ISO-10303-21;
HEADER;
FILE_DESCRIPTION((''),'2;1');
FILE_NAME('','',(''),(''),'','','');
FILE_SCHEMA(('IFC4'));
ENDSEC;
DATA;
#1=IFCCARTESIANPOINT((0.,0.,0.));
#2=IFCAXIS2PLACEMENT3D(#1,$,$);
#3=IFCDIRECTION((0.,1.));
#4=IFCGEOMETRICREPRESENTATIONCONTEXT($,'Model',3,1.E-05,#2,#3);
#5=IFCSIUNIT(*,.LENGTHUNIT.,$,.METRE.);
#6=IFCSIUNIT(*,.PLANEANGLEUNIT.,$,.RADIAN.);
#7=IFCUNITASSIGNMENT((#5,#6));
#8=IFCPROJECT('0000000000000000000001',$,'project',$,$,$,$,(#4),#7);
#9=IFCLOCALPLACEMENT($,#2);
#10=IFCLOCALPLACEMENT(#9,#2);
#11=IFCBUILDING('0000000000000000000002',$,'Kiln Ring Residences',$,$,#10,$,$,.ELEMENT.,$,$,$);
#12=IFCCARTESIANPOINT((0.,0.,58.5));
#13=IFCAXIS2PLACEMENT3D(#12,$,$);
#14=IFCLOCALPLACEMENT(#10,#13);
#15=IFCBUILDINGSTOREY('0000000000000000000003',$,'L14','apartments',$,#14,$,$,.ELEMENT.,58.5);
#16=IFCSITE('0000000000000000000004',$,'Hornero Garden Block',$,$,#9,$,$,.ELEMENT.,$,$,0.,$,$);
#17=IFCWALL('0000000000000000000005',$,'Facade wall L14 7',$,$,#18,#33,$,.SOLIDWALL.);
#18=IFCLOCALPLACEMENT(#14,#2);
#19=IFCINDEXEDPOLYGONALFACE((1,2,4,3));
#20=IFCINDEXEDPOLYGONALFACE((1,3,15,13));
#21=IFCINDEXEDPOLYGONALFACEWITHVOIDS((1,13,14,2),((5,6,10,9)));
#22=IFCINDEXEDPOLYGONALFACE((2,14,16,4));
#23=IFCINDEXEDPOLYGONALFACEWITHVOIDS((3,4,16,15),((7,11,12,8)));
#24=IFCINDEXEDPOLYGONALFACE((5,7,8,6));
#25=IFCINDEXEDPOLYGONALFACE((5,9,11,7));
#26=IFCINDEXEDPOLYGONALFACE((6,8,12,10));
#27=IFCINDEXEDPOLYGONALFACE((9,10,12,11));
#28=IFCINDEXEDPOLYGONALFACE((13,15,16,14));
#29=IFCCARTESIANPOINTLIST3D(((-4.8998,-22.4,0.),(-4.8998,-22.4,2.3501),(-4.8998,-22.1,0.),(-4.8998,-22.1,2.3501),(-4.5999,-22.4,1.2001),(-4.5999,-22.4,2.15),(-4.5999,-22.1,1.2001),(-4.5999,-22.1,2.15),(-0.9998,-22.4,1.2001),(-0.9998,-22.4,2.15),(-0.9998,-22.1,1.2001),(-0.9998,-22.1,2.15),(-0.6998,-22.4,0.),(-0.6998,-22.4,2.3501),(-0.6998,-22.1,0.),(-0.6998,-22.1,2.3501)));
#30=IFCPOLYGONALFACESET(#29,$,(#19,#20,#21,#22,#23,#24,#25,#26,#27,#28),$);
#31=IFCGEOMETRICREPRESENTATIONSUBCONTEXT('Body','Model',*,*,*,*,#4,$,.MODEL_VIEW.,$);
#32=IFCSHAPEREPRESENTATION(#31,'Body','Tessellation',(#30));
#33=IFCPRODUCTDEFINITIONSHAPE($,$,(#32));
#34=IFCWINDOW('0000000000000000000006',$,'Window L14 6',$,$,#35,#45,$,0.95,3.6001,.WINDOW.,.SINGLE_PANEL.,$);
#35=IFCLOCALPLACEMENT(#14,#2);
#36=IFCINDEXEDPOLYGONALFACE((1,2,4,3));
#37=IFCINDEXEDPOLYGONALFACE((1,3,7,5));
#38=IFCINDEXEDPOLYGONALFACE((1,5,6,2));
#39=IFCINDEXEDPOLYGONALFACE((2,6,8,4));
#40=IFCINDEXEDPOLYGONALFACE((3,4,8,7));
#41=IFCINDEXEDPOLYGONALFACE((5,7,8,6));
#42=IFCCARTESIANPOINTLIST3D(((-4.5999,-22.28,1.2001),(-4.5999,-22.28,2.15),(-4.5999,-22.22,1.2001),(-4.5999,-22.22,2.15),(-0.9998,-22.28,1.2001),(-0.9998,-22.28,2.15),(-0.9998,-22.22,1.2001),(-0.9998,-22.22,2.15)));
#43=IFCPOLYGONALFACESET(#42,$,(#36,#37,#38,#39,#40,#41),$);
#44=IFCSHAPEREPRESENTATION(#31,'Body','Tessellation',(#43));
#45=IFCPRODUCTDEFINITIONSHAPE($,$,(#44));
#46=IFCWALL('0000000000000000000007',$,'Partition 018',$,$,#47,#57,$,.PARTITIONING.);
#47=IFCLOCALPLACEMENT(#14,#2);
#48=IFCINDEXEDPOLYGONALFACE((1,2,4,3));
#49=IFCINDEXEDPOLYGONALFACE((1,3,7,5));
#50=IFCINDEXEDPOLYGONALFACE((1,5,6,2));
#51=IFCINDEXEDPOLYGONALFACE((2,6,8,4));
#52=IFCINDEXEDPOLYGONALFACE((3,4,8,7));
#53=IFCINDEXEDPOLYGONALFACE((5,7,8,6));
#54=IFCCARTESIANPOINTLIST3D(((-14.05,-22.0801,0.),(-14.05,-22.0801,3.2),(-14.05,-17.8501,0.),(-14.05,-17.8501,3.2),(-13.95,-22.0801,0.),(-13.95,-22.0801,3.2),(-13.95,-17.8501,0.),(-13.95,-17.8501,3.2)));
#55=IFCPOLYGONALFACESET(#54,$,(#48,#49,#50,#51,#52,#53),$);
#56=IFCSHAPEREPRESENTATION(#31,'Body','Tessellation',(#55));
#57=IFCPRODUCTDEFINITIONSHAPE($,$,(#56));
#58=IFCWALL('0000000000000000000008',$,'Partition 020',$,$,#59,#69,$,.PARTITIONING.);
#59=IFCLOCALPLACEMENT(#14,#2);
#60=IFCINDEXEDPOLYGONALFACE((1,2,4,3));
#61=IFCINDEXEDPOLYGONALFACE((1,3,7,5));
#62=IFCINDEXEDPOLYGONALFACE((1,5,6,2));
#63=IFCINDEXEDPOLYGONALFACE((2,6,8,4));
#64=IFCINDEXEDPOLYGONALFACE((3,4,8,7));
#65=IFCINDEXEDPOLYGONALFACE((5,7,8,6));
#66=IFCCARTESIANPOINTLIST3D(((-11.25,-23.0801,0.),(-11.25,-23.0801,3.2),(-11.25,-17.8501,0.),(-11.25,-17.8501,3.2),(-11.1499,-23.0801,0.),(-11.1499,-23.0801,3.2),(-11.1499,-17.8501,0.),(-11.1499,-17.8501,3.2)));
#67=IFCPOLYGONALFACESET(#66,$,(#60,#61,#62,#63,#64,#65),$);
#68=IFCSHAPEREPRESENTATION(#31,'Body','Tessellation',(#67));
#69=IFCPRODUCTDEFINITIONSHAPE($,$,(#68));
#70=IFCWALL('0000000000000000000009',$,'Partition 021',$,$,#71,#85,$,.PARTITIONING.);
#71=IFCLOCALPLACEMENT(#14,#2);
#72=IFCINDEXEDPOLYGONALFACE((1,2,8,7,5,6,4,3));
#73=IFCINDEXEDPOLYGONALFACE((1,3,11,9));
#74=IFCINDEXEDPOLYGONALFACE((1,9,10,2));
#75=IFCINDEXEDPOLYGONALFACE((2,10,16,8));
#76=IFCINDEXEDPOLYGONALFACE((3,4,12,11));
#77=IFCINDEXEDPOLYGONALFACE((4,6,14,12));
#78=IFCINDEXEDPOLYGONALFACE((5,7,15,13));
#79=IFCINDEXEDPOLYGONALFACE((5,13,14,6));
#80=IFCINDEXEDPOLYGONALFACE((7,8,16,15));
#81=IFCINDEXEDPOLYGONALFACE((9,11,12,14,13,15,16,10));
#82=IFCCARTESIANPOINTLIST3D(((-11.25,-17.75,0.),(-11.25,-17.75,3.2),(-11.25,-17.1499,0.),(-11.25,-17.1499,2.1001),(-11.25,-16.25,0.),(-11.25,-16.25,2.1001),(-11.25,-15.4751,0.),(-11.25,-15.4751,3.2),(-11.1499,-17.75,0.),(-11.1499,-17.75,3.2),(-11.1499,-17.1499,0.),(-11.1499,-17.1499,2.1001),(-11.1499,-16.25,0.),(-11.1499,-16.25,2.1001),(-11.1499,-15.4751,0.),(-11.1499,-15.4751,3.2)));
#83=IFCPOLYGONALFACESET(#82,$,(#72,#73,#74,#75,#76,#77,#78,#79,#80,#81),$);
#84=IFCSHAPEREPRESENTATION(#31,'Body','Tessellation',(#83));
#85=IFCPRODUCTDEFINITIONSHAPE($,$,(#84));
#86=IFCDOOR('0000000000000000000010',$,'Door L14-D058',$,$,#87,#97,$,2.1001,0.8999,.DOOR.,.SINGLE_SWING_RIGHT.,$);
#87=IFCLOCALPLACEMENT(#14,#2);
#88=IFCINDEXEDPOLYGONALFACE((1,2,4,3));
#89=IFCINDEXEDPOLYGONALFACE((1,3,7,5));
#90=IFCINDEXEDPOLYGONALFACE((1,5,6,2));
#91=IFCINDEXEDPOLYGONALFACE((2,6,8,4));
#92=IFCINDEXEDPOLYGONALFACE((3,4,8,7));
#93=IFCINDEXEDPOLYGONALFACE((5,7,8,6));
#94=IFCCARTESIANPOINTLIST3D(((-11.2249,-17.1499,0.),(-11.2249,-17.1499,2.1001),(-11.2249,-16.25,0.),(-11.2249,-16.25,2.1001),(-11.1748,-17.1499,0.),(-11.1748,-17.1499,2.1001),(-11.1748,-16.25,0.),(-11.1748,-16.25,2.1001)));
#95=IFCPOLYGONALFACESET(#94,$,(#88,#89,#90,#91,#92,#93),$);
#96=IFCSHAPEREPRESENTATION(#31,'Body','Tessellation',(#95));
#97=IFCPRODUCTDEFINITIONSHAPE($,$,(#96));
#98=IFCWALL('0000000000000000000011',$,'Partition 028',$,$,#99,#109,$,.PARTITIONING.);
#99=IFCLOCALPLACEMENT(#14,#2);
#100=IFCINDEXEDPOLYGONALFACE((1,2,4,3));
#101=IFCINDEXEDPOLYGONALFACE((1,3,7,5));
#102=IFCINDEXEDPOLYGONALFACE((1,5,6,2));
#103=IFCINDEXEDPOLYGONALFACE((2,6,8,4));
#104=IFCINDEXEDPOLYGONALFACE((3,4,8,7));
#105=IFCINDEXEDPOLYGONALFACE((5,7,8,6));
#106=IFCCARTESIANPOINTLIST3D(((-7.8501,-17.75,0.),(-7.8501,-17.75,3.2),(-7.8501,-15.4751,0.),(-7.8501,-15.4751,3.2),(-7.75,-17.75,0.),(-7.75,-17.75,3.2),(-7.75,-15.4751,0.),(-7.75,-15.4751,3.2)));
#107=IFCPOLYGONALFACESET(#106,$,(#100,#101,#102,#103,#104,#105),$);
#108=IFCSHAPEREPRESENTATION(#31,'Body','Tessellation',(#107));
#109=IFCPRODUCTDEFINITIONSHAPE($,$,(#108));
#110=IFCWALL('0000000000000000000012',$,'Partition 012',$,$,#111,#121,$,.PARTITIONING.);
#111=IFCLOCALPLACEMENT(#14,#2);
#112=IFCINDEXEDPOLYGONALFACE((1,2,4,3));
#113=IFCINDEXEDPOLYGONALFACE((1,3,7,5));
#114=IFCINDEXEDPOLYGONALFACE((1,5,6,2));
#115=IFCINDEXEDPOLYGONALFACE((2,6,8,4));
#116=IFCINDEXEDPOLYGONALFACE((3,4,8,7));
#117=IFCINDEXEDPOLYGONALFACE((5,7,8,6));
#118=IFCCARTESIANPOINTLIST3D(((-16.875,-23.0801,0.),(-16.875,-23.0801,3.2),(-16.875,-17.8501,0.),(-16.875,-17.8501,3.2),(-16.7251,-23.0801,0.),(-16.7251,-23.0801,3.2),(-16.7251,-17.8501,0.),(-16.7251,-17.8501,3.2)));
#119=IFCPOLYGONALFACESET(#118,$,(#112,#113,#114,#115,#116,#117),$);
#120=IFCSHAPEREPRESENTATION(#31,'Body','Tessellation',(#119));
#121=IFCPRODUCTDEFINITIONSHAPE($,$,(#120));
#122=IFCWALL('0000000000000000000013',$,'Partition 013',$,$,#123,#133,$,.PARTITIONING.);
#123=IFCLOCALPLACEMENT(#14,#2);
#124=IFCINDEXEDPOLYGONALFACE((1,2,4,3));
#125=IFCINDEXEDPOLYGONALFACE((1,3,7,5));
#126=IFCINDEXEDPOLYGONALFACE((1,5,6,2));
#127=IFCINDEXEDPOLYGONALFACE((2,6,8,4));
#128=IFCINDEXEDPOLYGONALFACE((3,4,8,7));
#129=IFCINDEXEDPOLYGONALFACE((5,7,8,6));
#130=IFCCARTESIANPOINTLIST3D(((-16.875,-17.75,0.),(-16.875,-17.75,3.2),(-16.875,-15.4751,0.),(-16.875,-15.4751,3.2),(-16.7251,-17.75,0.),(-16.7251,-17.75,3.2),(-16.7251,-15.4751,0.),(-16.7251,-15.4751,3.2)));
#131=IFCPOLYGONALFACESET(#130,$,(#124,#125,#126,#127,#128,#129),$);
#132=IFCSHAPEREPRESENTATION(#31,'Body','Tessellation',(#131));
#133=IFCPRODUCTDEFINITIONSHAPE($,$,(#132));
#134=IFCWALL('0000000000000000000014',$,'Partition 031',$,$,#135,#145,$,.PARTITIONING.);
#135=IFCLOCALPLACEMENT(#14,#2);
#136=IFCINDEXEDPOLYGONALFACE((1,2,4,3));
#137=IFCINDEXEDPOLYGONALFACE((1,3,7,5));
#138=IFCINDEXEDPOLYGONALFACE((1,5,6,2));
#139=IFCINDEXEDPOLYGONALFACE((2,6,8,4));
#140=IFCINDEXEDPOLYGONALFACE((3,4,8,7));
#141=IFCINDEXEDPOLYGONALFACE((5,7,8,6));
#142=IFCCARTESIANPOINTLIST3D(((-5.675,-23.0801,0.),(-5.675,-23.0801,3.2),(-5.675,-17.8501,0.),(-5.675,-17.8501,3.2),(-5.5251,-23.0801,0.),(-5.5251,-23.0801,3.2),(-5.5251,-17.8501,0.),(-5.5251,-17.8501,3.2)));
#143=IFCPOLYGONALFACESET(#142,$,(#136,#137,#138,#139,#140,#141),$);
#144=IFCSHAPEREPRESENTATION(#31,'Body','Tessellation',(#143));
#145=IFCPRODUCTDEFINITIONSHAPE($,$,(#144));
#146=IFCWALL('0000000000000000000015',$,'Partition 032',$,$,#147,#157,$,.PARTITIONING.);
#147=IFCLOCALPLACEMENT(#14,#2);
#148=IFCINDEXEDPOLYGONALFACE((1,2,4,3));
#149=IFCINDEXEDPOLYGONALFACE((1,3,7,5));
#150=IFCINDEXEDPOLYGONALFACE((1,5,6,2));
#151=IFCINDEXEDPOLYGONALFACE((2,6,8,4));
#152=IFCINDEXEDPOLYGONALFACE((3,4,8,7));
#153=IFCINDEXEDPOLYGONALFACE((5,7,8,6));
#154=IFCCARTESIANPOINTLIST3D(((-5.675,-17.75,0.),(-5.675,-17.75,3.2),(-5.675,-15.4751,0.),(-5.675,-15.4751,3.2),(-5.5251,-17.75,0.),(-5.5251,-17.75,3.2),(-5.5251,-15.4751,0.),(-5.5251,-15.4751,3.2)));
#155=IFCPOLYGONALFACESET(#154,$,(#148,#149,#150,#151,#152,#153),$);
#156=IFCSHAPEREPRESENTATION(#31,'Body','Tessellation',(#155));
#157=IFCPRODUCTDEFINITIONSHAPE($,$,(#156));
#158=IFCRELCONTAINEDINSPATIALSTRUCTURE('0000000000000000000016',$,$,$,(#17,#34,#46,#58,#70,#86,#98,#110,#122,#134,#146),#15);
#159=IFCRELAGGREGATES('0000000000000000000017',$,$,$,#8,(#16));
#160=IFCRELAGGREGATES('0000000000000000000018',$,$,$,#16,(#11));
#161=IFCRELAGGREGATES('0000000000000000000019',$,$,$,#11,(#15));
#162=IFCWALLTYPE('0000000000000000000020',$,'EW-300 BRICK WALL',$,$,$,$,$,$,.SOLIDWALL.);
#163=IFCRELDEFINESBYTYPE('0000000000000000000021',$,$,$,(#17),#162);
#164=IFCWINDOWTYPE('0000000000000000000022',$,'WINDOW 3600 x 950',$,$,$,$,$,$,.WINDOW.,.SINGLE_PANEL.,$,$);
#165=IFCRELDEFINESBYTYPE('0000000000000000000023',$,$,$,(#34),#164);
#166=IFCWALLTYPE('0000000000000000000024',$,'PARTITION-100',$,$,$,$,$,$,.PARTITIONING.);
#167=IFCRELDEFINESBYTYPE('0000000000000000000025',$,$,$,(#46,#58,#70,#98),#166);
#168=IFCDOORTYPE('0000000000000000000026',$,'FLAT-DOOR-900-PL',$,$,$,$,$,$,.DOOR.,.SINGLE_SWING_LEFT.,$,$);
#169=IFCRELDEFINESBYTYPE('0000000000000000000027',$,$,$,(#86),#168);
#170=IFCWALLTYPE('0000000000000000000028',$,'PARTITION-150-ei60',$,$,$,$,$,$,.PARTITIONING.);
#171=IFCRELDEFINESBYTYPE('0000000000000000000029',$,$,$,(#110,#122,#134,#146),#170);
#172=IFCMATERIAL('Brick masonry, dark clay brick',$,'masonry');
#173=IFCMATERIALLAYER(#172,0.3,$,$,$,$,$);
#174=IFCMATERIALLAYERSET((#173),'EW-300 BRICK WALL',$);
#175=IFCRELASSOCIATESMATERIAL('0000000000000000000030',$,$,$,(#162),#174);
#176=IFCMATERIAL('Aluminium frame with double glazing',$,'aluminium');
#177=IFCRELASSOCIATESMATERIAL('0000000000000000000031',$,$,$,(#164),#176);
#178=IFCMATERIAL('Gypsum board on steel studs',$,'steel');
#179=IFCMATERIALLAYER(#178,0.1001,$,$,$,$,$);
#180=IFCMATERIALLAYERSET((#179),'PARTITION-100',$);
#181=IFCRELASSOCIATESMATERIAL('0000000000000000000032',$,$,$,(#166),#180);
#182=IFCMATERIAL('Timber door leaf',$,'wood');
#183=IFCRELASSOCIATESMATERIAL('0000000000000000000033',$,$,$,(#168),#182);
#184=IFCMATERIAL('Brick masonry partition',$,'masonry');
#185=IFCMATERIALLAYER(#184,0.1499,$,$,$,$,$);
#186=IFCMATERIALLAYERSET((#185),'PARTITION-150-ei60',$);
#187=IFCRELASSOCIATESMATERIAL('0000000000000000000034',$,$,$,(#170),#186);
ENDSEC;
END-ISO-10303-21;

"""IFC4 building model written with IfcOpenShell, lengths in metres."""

from ifc_helpers import new_model, si_unit, direction, frame, frame_2d, origin, place, context, subcontext, project, spatial, rectangle, extrude, material, layer, layer_set, type_object, element, fill, save


model = new_model("IFC4")

# Units and contexts
model_context = context("Model", 3, precision=1e-05, world=origin(), true_north=direction((0.0, 1.0)))
body_context = subcontext(model_context, "Body", "Model", "MODEL_VIEW")
ifc_project = project(units=[si_unit("LENGTHUNIT", "METRE"), si_unit("PLANEANGLEUNIT", "RADIAN")], contexts=[model_context])

# Site, building, storey
site_placement = place(None, origin())
site = spatial("IfcSite", under=ifc_project, at=site_placement, Name="Hornero Garden Block", CompositionType="ELEMENT", RefElevation=0.0)
building_placement = place(site_placement, origin())
building = spatial("IfcBuilding", under=site, at=building_placement, Name="Kiln Ring Residences", CompositionType="ELEMENT")
storey_placement = place(building_placement, frame((0.0, 0.0, 58.5)))
storey = spatial("IfcBuildingStorey", under=building, at=storey_placement, Name="L14", Description="apartments", CompositionType="ELEMENT", Elevation=58.5)

# Shared definitions
ifc_material_1 = material(Name="Brick masonry, dark clay brick", Category="masonry")
ifc_layer_1 = layer(ifc_material_1, 0.3)
ifc_layer_set_1 = layer_set([ifc_layer_1], Name="EW-300 BRICK WALL")
wall_type_1 = type_object("IfcWallType", Name="EW-300 BRICK WALL", PredefinedType="SOLIDWALL", material=ifc_layer_set_1)

# Wall, opening, window
ifc_material_2 = material(Name="Aluminium frame with double glazing", Category="aluminium")
window_type_1 = type_object("IfcWindowType", Name="WINDOW 3600 x 950", PartitioningType="SINGLE_PANEL", PredefinedType="WINDOW", material=ifc_material_2)
wall_1_placement = place(storey_placement, frame((-4.8999, -22.25, 0.0), z_axis=(0.0, 0.0, 1.0), x_axis=(1.0, 0.0, 0.0)))
wall_1 = element("IfcWall", 1, at=wall_1_placement, inside=storey, type_object=wall_type_1, Name="Facade wall L14 7", PredefinedType="SOLIDWALL", context=body_context, shape_type="SweptSolid", body=[
    extrude(rectangle(XDim=4.2, YDim=0.3, at=frame_2d((2.1001, 0.0))), origin(), (0.0, 0.0, 1.0), 2.3501),
])
opening_1_placement = place(wall_1_placement, frame((0.3, 0.0, 1.2)))
opening_1 = element("IfcOpeningElement", 2, at=opening_1_placement, cuts=wall_1, PredefinedType="OPENING", context=body_context, shape_type="SweptSolid", body=[
    extrude(rectangle(XDim=3.6001, YDim=0.95, at=frame_2d((1.8, 0.4751))), frame((0.0, 0.1599, 0.0), z_axis=(0.0, -1.0, 0.0), x_axis=(1.0, 0.0, 0.0)), (0.0, 0.0, 1.0), 0.3201),
])
window_1_placement = place(opening_1_placement, origin())
window_1 = element("IfcWindow", 3, at=window_1_placement, inside=storey, type_object=window_type_1, Name="Window L14 6", OverallHeight=0.95, OverallWidth=3.6001, PartitioningType="SINGLE_PANEL", PredefinedType="WINDOW", context=body_context, shape_type="SweptSolid", body=[
    extrude(rectangle(XDim=3.6001, YDim=0.95, at=frame_2d((1.8, 0.4751))), frame((0.0, 0.03, 0.0), z_axis=(0.0, -1.0, 0.0), x_axis=(1.0, 0.0, 0.0)), (0.0, 0.0, 1.0), 0.0601),
])
fill(opening_1, window_1)

# Walls
ifc_material_3 = material(Name="Gypsum board on steel studs", Category="steel")
ifc_layer_2 = layer(ifc_material_3, 0.1001)
ifc_layer_set_2 = layer_set([ifc_layer_2], Name="PARTITION-100")
wall_type_2 = type_object("IfcWallType", Name="PARTITION-100", PredefinedType="PARTITIONING", material=ifc_layer_set_2)
wall_2_placement = place(storey_placement, frame((-14.0, -22.0801, 0.0), z_axis=(0.0, 0.0, 1.0), x_axis=(0.0, 1.0, 0.0)))
element("IfcWall", 4, at=wall_2_placement, inside=storey, type_object=wall_type_2, Name="Partition 018", PredefinedType="PARTITIONING", context=body_context, shape_type="SweptSolid", body=[
    extrude(rectangle(XDim=4.23, YDim=0.1001, at=frame_2d((2.115, 0.0))), origin(), (0.0, 0.0, 1.0), 3.2),
])
wall_3_placement = place(storey_placement, frame((-11.2, -23.0801, 0.0), z_axis=(0.0, 0.0, 1.0), x_axis=(0.0, 1.0, 0.0)))
element("IfcWall", 5, at=wall_3_placement, inside=storey, type_object=wall_type_2, Name="Partition 020", PredefinedType="PARTITIONING", context=body_context, shape_type="SweptSolid", body=[
    extrude(rectangle(XDim=5.23, YDim=0.1001, at=frame_2d((2.615, 0.0))), origin(), (0.0, 0.0, 1.0), 3.2),
])

# Wall, opening, door
wall_4_placement = place(storey_placement, frame((-11.2, -17.75, 0.0), z_axis=(0.0, 0.0, 1.0), x_axis=(0.0, 1.0, 0.0)))
wall_4 = element("IfcWall", 6, at=wall_4_placement, inside=storey, type_object=wall_type_2, Name="Partition 021", PredefinedType="PARTITIONING", context=body_context, shape_type="SweptSolid", body=[
    extrude(rectangle(XDim=2.2749, YDim=0.1001, at=frame_2d((1.1375, 0.0))), origin(), (0.0, 0.0, 1.0), 3.2),
])
opening_2_placement = place(wall_4_placement, frame((0.6001, 0.0, 0.0)))
opening_2 = element("IfcOpeningElement", 7, at=opening_2_placement, cuts=wall_4, PredefinedType="OPENING", context=body_context, shape_type="SweptSolid", body=[
    extrude(rectangle(XDim=0.8999, YDim=2.1001, at=frame_2d((0.45, 1.05))), frame((0.0, 0.0601, 0.0), z_axis=(0.0, -1.0, 0.0), x_axis=(1.0, 0.0, 0.0)), (0.0, 0.0, 1.0), 0.1201),
])
ifc_material_4 = material(Name="Timber door leaf", Category="wood")
door_type = type_object("IfcDoorType", Name="FLAT-DOOR-900-PL", OperationType="SINGLE_SWING_LEFT", PredefinedType="DOOR", material=ifc_material_4)
door_placement = place(opening_2_placement, origin())
door = element("IfcDoor", 8, at=door_placement, inside=storey, type_object=door_type, Name="Door L14-D058", OperationType="SINGLE_SWING_RIGHT", OverallHeight=2.1001, OverallWidth=0.8999, PredefinedType="DOOR", context=body_context, shape_type="SweptSolid", body=[
    extrude(rectangle(XDim=0.8999, YDim=2.1001, at=frame_2d((0.45, 1.05))), frame((0.0, 0.0249, 0.0), z_axis=(0.0, -1.0, 0.0), x_axis=(1.0, 0.0, 0.0)), (0.0, 0.0, 1.0), 0.05),
])
fill(opening_2, door)

# Walls
wall_5_placement = place(storey_placement, frame((-7.8, -17.75, 0.0), z_axis=(0.0, 0.0, 1.0), x_axis=(0.0, 1.0, 0.0)))
element("IfcWall", 9, at=wall_5_placement, inside=storey, type_object=wall_type_2, Name="Partition 028", PredefinedType="PARTITIONING", context=body_context, shape_type="SweptSolid", body=[
    extrude(rectangle(XDim=2.2749, YDim=0.1001, at=frame_2d((1.1375, 0.0))), origin(), (0.0, 0.0, 1.0), 3.2),
])
ifc_material_5 = material(Name="Brick masonry partition", Category="masonry")
ifc_layer_3 = layer(ifc_material_5, 0.1499)
ifc_layer_set_3 = layer_set([ifc_layer_3], Name="PARTITION-150-ei60")
wall_type_3 = type_object("IfcWallType", Name="PARTITION-150-ei60", PredefinedType="PARTITIONING", material=ifc_layer_set_3)
wall_6_placement = place(storey_placement, frame((-16.8, -23.0801, 0.0), z_axis=(0.0, 0.0, 1.0), x_axis=(0.0, 1.0, 0.0)))
element("IfcWall", 10, at=wall_6_placement, inside=storey, type_object=wall_type_3, Name="Partition 012", PredefinedType="PARTITIONING", context=body_context, shape_type="SweptSolid", body=[
    extrude(rectangle(XDim=5.23, YDim=0.1499, at=frame_2d((2.615, 0.0))), origin(), (0.0, 0.0, 1.0), 3.2),
])
wall_7_placement = place(storey_placement, frame((-16.8, -17.75, 0.0), z_axis=(0.0, 0.0, 1.0), x_axis=(0.0, 1.0, 0.0)))
element("IfcWall", 11, at=wall_7_placement, inside=storey, type_object=wall_type_3, Name="Partition 013", PredefinedType="PARTITIONING", context=body_context, shape_type="SweptSolid", body=[
    extrude(rectangle(XDim=2.2749, YDim=0.1499, at=frame_2d((1.1375, 0.0))), origin(), (0.0, 0.0, 1.0), 3.2),
])
wall_8_placement = place(storey_placement, frame((-5.6001, -23.0801, 0.0), z_axis=(0.0, 0.0, 1.0), x_axis=(0.0, 1.0, 0.0)))
element("IfcWall", 12, at=wall_8_placement, inside=storey, type_object=wall_type_3, Name="Partition 031", PredefinedType="PARTITIONING", context=body_context, shape_type="SweptSolid", body=[
    extrude(rectangle(XDim=5.23, YDim=0.1499, at=frame_2d((2.615, 0.0))), origin(), (0.0, 0.0, 1.0), 3.2),
])
wall_9_placement = place(storey_placement, frame((-5.6001, -17.75, 0.0), z_axis=(0.0, 0.0, 1.0), x_axis=(0.0, 1.0, 0.0)))
element("IfcWall", 13, at=wall_9_placement, inside=storey, type_object=wall_type_3, Name="Partition 032", PredefinedType="PARTITIONING", context=body_context, shape_type="SweptSolid", body=[
    extrude(rectangle(XDim=2.2749, YDim=0.1499, at=frame_2d((1.1375, 0.0))), origin(), (0.0, 0.0, 1.0), 3.2),
])

save(model, "model.ifc")
